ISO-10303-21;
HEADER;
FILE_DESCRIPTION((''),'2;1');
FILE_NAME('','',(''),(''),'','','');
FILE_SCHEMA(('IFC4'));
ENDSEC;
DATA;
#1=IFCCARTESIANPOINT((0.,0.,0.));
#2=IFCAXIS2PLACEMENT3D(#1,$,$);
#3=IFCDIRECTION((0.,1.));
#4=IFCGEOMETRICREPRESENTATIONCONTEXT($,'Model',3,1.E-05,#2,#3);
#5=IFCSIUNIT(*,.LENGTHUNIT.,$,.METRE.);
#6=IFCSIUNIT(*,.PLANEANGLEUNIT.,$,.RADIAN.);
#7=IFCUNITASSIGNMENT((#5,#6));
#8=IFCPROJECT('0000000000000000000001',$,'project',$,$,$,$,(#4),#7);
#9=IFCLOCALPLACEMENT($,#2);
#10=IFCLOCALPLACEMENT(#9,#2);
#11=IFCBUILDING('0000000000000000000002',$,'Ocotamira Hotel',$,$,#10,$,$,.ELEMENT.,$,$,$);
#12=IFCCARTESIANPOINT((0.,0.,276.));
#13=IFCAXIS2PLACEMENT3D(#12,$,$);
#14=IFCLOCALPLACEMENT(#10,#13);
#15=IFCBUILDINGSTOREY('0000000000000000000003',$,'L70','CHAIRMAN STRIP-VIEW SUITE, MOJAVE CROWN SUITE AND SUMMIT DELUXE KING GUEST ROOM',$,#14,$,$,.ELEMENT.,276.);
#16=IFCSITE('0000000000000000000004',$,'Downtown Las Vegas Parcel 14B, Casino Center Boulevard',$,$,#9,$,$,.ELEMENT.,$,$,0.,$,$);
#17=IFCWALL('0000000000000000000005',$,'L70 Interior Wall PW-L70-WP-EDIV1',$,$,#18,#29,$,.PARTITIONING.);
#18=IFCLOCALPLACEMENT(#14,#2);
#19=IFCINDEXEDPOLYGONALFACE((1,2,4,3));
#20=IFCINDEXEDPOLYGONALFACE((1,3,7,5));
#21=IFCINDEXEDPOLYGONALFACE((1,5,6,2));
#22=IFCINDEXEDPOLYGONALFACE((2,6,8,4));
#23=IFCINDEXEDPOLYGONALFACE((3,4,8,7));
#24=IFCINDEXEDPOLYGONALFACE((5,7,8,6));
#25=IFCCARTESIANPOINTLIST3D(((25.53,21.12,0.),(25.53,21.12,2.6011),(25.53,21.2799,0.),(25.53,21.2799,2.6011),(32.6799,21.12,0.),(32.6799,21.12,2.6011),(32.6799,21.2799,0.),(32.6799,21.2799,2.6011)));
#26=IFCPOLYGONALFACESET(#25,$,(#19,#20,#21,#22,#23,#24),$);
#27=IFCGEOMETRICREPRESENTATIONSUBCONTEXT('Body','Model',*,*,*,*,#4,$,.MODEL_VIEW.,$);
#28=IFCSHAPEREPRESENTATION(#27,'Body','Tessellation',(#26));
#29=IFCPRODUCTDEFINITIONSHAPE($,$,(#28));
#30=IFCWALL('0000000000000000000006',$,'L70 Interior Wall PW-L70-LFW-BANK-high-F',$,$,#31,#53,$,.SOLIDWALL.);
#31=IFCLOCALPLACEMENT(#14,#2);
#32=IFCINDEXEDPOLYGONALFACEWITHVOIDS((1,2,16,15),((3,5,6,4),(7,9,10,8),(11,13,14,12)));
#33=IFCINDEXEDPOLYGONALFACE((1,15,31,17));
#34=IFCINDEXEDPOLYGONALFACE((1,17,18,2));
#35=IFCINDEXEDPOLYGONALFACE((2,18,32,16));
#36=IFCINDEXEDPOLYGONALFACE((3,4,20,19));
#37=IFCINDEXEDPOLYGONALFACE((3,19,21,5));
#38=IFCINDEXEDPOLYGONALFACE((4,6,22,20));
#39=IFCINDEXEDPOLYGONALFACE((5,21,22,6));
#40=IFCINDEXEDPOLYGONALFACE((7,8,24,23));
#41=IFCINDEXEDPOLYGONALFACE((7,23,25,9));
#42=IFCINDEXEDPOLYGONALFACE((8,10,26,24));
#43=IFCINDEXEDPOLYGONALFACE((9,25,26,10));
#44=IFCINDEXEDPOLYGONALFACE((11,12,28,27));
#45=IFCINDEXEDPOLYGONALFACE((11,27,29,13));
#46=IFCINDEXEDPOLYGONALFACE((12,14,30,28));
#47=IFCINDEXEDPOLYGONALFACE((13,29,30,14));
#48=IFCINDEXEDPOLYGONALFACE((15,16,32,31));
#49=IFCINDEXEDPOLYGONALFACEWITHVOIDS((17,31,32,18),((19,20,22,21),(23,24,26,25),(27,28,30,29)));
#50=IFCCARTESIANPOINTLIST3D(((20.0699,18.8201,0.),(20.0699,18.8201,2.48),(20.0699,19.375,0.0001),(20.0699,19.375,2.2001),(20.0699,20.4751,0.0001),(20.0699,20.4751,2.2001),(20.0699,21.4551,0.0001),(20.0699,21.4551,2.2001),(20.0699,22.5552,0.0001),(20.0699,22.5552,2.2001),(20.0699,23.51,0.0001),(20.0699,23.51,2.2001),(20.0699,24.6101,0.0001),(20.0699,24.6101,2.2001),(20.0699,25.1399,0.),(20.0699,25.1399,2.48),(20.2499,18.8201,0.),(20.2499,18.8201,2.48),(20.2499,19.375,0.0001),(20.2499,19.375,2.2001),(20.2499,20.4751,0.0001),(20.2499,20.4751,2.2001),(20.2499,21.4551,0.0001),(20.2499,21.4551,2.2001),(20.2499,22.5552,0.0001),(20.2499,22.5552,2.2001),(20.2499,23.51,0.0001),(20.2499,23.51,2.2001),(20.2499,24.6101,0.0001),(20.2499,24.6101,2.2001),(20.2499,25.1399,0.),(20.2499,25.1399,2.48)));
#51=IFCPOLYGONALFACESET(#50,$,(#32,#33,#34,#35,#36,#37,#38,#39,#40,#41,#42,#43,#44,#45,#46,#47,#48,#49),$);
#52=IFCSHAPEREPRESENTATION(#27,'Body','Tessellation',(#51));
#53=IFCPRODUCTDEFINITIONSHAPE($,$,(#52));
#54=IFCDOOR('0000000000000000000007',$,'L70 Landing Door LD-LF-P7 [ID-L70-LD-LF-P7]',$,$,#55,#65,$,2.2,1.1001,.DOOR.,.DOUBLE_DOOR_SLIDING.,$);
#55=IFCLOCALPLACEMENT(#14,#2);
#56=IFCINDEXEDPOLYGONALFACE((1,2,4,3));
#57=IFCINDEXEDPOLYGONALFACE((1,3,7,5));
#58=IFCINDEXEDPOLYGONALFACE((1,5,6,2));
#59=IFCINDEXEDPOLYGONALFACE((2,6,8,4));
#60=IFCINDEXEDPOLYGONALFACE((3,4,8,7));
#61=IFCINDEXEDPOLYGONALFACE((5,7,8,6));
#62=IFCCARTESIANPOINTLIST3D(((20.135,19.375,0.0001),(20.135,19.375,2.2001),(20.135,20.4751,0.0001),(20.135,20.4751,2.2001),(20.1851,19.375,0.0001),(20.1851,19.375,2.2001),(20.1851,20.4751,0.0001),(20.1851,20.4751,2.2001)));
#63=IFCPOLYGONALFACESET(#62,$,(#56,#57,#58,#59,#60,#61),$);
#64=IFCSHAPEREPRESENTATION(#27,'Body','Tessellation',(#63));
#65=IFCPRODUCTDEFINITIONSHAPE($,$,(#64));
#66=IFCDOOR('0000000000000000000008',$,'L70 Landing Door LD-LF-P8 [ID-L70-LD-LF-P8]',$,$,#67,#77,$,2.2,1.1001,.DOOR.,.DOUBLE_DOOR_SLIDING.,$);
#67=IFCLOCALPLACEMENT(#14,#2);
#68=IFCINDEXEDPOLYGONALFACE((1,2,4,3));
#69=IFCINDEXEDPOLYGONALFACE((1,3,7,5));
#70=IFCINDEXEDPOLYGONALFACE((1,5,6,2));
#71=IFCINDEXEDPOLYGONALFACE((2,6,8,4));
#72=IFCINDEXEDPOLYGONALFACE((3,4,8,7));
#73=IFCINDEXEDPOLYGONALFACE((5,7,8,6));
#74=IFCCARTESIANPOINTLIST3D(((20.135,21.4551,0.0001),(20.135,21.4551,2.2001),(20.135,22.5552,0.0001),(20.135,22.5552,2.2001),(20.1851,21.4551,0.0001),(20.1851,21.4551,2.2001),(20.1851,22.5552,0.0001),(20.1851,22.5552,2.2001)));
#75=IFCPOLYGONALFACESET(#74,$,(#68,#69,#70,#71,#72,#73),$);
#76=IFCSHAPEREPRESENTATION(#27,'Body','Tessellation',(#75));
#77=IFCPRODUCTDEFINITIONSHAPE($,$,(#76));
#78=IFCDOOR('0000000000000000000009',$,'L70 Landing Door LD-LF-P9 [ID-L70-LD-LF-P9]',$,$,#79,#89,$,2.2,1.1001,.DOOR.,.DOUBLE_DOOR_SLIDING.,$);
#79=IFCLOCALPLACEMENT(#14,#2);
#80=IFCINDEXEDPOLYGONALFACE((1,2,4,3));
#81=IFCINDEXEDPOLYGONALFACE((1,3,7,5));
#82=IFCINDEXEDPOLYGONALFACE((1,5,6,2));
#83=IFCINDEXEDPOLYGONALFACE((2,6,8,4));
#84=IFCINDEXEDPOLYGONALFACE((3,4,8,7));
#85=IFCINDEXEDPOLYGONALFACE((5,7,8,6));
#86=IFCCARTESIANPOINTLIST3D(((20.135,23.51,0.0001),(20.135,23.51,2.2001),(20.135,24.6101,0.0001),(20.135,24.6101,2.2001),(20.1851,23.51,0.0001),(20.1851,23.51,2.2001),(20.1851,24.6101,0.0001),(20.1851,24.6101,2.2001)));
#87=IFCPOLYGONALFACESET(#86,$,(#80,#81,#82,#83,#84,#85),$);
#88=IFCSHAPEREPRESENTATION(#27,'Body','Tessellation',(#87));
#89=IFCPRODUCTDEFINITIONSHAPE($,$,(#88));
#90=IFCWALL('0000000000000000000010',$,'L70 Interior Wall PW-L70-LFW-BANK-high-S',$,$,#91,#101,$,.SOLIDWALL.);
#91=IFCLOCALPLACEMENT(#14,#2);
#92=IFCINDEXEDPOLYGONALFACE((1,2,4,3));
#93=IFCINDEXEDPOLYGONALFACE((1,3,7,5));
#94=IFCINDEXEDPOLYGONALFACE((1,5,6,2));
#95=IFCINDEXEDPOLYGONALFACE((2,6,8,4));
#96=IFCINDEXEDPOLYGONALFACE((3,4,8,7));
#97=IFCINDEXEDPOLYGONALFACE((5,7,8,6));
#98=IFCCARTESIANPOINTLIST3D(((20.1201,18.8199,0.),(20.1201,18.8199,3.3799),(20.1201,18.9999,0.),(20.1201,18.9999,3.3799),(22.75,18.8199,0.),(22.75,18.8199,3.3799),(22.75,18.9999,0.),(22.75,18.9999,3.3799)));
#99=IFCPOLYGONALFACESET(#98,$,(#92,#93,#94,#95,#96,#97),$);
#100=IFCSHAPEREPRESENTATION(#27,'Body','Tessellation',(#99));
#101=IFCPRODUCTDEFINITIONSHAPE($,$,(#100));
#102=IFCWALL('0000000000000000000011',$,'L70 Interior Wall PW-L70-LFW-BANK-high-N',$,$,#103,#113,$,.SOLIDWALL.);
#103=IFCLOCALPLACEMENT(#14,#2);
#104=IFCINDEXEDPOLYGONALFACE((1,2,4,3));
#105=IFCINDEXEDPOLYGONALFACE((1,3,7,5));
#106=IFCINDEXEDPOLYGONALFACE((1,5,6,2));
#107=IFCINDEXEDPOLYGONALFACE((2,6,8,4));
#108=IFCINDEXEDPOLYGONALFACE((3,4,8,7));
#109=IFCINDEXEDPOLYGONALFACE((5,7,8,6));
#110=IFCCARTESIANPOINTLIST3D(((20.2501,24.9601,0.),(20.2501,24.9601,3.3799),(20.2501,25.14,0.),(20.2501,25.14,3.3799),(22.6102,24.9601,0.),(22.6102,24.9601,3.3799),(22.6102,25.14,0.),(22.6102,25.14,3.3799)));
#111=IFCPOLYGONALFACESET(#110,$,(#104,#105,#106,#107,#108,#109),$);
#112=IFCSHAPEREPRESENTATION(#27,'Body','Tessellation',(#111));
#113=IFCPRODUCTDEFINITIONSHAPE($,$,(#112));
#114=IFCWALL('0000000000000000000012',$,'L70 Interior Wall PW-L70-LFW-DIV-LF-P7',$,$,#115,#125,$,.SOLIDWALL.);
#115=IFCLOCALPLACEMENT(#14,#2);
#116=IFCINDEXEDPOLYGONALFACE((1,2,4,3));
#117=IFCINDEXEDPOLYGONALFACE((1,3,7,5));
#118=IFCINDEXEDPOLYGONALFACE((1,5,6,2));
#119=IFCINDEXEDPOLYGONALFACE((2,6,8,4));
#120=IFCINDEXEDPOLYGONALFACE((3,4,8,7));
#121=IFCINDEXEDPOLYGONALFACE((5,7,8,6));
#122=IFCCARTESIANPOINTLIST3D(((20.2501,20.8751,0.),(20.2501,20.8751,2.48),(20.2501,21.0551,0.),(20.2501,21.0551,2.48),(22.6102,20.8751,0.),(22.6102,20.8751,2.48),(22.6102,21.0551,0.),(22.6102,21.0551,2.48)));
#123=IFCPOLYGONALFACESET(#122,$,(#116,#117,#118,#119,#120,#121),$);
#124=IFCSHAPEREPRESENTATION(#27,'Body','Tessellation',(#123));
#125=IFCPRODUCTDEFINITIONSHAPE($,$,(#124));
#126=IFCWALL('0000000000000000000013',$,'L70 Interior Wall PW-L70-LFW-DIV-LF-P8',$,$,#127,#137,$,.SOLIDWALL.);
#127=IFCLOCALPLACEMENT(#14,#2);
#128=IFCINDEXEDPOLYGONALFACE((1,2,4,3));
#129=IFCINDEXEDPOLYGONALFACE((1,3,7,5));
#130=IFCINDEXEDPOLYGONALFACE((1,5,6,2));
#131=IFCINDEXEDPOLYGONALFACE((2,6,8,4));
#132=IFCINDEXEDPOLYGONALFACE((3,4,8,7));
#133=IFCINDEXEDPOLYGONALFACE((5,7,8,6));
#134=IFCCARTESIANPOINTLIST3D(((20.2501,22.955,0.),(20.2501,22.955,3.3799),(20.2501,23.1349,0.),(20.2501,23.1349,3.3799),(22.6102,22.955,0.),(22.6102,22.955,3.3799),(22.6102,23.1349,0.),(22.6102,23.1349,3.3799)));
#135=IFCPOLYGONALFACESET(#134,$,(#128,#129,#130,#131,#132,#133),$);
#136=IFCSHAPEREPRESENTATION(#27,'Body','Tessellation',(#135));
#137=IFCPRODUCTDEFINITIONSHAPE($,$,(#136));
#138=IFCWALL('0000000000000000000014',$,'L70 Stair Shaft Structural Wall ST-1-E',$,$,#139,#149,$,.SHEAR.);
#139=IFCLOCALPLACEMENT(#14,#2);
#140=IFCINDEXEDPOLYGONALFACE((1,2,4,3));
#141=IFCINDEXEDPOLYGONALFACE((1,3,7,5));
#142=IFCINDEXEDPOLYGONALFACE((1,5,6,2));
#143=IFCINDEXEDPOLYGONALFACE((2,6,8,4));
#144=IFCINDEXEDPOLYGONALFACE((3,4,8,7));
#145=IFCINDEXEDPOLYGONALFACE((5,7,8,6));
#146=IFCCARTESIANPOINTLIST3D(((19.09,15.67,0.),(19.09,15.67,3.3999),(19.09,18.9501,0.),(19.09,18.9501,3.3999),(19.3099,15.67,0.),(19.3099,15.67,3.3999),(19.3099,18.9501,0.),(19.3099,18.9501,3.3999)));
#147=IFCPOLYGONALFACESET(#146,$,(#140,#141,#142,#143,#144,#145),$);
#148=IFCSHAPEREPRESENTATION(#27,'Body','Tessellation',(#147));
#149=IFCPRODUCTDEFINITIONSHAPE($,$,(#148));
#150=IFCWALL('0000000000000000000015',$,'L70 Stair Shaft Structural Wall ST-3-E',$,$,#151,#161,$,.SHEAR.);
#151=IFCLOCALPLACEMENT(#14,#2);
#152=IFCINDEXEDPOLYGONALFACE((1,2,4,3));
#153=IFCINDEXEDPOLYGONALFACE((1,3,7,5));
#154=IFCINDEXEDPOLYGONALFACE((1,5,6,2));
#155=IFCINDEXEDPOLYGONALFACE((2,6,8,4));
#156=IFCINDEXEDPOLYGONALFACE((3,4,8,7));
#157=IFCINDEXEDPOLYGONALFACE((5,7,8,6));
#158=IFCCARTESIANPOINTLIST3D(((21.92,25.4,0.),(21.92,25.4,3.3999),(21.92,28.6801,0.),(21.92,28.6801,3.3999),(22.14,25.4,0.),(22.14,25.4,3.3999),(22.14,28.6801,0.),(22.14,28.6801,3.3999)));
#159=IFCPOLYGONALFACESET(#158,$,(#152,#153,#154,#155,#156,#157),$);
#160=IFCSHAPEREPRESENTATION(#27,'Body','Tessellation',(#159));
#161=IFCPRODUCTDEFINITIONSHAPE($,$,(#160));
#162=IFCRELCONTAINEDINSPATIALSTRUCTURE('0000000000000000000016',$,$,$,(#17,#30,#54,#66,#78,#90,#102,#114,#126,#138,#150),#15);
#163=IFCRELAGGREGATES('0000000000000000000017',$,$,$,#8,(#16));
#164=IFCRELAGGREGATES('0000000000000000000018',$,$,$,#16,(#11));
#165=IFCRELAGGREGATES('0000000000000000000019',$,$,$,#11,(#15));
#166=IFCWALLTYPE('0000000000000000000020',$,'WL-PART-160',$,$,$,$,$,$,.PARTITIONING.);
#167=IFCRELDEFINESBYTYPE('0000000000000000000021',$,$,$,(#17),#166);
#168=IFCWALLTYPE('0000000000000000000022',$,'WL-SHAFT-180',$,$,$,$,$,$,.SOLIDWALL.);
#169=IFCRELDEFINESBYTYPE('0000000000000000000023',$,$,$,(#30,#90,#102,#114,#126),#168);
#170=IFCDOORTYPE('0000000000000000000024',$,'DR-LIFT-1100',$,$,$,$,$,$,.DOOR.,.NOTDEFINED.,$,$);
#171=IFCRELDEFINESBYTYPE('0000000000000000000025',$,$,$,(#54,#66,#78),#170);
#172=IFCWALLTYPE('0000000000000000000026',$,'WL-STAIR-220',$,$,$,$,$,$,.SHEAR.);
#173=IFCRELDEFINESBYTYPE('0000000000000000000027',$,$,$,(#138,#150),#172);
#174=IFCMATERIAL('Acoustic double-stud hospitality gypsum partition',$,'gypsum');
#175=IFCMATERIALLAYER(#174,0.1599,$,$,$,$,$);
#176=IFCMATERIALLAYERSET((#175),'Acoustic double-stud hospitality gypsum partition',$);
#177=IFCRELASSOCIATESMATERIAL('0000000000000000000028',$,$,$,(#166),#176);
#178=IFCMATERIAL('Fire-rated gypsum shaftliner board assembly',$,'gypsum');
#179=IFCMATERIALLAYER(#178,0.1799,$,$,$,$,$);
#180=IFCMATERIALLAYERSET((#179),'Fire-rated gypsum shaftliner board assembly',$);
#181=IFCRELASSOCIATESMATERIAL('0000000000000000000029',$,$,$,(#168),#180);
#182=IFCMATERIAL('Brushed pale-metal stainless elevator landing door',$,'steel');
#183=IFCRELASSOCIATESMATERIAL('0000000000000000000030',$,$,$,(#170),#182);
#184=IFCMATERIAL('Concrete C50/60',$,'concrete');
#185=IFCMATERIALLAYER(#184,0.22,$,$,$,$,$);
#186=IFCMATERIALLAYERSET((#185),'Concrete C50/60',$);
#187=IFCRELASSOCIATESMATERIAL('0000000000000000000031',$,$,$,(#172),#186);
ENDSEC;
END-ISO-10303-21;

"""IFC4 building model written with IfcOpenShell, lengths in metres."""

from ifc_helpers import new_model, si_unit, direction, frame, frame_2d, origin, place, context, subcontext, project, spatial, rectangle, extrude, source, transform, mapped, material, layer, layer_set, type_object, element, fill, save


model = new_model("IFC4")

# Units and contexts
model_context = context("Model", 3, precision=1e-05, world=origin(), true_north=direction((0.0, 1.0)))
body_context = subcontext(model_context, "Body", "Model", "MODEL_VIEW")
ifc_project = project(units=[si_unit("LENGTHUNIT", "METRE"), si_unit("PLANEANGLEUNIT", "RADIAN")], contexts=[model_context])

# Site, building, storey
site_placement = place(None, origin())
site = spatial("IfcSite", under=ifc_project, at=site_placement, Name="Downtown Las Vegas Parcel 14B, Casino Center Boulevard", CompositionType="ELEMENT", RefElevation=0.0)
building_placement = place(site_placement, origin())
building = spatial("IfcBuilding", under=site, at=building_placement, Name="Ocotamira Hotel", CompositionType="ELEMENT")
storey_placement = place(building_placement, frame((0.0, 0.0, 276.0)))
storey = spatial("IfcBuildingStorey", under=building, at=storey_placement, Name="L70", Description="CHAIRMAN STRIP-VIEW SUITE, MOJAVE CROWN SUITE AND SUMMIT DELUXE KING GUEST ROOM", CompositionType="ELEMENT", Elevation=276.0)

# Shared definitions
ifc_material_1 = material(Name="Concrete C50/60", Category="concrete")

# Wall
ifc_material_2 = material(Name="Acoustic double-stud hospitality gypsum partition", Category="gypsum")
ifc_layer_1 = layer(ifc_material_2, 0.1599)
ifc_layer_set_1 = layer_set([ifc_layer_1], Name="Acoustic double-stud hospitality gypsum partition")
wall_type_1 = type_object("IfcWallType", Name="WL-PART-160", PredefinedType="PARTITIONING", material=ifc_layer_set_1)
wall_1_placement = place(storey_placement, frame((25.53, 21.2, 0.0), z_axis=(0.0, 0.0, 1.0), x_axis=(1.0, 0.0, 0.0)))
element("IfcWall", 1, at=wall_1_placement, inside=storey, type_object=wall_type_1, Name="L70 Interior Wall PW-L70-WP-EDIV1", PredefinedType="PARTITIONING", context=body_context, shape_type="SweptSolid", body=[
    extrude(rectangle(XDim=7.1499, YDim=0.1599, at=frame_2d((3.575, 0.0))), origin(), (0.0, 0.0, 1.0), 2.6011),
])

# Wall, openings, doors
ifc_material_3 = material(Name="Fire-rated gypsum shaftliner board assembly", Category="gypsum")
ifc_layer_2 = layer(ifc_material_3, 0.1799)
ifc_layer_set_2 = layer_set([ifc_layer_2], Name="Fire-rated gypsum shaftliner board assembly")
wall_type_2 = type_object("IfcWallType", Name="WL-SHAFT-180", PredefinedType="SOLIDWALL", material=ifc_layer_set_2)
wall_2_placement = place(storey_placement, frame((20.1599, 18.8201, 0.0), z_axis=(0.0, 0.0, 1.0), x_axis=(0.0, 1.0, 0.0)))
wall_2 = element("IfcWall", 2, at=wall_2_placement, inside=storey, type_object=wall_type_2, Name="L70 Interior Wall PW-L70-LFW-BANK-high-F", PredefinedType="SOLIDWALL", context=body_context, shape_type="SweptSolid", body=[
    extrude(rectangle(XDim=6.3198, YDim=0.1799, at=frame_2d((3.1599, 0.0))), origin(), (0.0, 0.0, 1.0), 2.48),
])
opening_1_placement = place(wall_2_placement, frame((0.5549, 0.0, 0.0)))
opening_1 = element("IfcOpeningElement", 3, at=opening_1_placement, cuts=wall_2, PredefinedType="OPENING", context=body_context, shape_type="SweptSolid", body=[
    extrude(rectangle(XDim=1.1001, YDim=2.2, at=frame_2d((0.55, 1.1001))), frame((0.0, 0.1001, 0.0), z_axis=(0.0, -1.0, 0.0), x_axis=(1.0, 0.0, 0.0)), (0.0, 0.0, 1.0), 0.2),
])
opening_2_placement = place(wall_2_placement, frame((2.635, 0.0, 0.0)))
opening_2 = element("IfcOpeningElement", 4, at=opening_2_placement, cuts=wall_2, PredefinedType="OPENING", context=body_context, shape_type="SweptSolid", body=[
    extrude(rectangle(XDim=1.1001, YDim=2.2, at=frame_2d((0.55, 1.1001))), frame((0.0, 0.1001, 0.0), z_axis=(0.0, -1.0, 0.0), x_axis=(1.0, 0.0, 0.0)), (0.0, 0.0, 1.0), 0.2),
])
opening_3_placement = place(wall_2_placement, frame((4.6899, 0.0, 0.0)))
opening_3 = element("IfcOpeningElement", 5, at=opening_3_placement, cuts=wall_2, PredefinedType="OPENING", context=body_context, shape_type="SweptSolid", body=[
    extrude(rectangle(XDim=1.1001, YDim=2.2, at=frame_2d((0.55, 1.1001))), frame((0.0, 0.1001, 0.0), z_axis=(0.0, -1.0, 0.0), x_axis=(1.0, 0.0, 0.0)), (0.0, 0.0, 1.0), 0.2),
])
ifc_material_4 = material(Name="Brushed pale-metal stainless elevator landing door", Category="steel")
door_type_1 = type_object("IfcDoorType", Name="DR-LIFT-1100", OperationType="NOTDEFINED", PredefinedType="DOOR", material=ifc_material_4)
shared_shape_1 = source(origin(), body_context, "Body", "SweptSolid", [
    extrude(rectangle(XDim=1.1001, YDim=2.2, at=frame_2d((0.55, 1.1001))), frame((0.0, 0.0249, 0.0), z_axis=(0.0, -1.0, 0.0), x_axis=(1.0, 0.0, 0.0)), (0.0, 0.0, 1.0), 0.05),
])
door_1_placement = place(opening_1_placement, origin())
door_1 = element("IfcDoor", 6, at=door_1_placement, inside=storey, type_object=door_type_1, Name="L70 Landing Door LD-LF-P7 [ID-L70-LD-LF-P7]", OperationType="DOUBLE_DOOR_SLIDING", OverallHeight=2.2, OverallWidth=1.1001, PredefinedType="DOOR", context=body_context, shape_type="MappedRepresentation", body=[
    mapped(shared_shape_1, transform((0.0, 0.0, 0.0), scale=1.0)),
])
fill(opening_1, door_1)
door_2_placement = place(opening_2_placement, origin())
door_2 = element("IfcDoor", 7, at=door_2_placement, inside=storey, type_object=door_type_1, Name="L70 Landing Door LD-LF-P8 [ID-L70-LD-LF-P8]", OperationType="DOUBLE_DOOR_SLIDING", OverallHeight=2.2, OverallWidth=1.1001, PredefinedType="DOOR", context=body_context, shape_type="MappedRepresentation", body=[
    mapped(shared_shape_1, transform((0.0, 0.0, 0.0), scale=1.0)),
])
fill(opening_2, door_2)
door_3_placement = place(opening_3_placement, origin())
door_3 = element("IfcDoor", 8, at=door_3_placement, inside=storey, type_object=door_type_1, Name="L70 Landing Door LD-LF-P9 [ID-L70-LD-LF-P9]", OperationType="DOUBLE_DOOR_SLIDING", OverallHeight=2.2, OverallWidth=1.1001, PredefinedType="DOOR", context=body_context, shape_type="MappedRepresentation", body=[
    mapped(shared_shape_1, transform((0.0, 0.0, 0.0), scale=1.0)),
])
fill(opening_3, door_3)

# Walls
wall_3_placement = place(storey_placement, frame((20.1201, 18.9099, 0.0), z_axis=(0.0, 0.0, 1.0), x_axis=(1.0, 0.0, 0.0)))
element("IfcWall", 9, at=wall_3_placement, inside=storey, type_object=wall_type_2, Name="L70 Interior Wall PW-L70-LFW-BANK-high-S", PredefinedType="SOLIDWALL", context=body_context, shape_type="SweptSolid", body=[
    extrude(rectangle(XDim=2.6299, YDim=0.1799, at=frame_2d((1.3149, 0.0))), origin(), (0.0, 0.0, 1.0), 3.3799),
])
wall_4_placement = place(storey_placement, frame((20.25, 25.05, 0.0), z_axis=(0.0, 0.0, 1.0), x_axis=(1.0, 0.0, 0.0)))
element("IfcWall", 10, at=wall_4_placement, inside=storey, type_object=wall_type_2, Name="L70 Interior Wall PW-L70-LFW-BANK-high-N", PredefinedType="SOLIDWALL", context=body_context, shape_type="SweptSolid", body=[
    extrude(rectangle(XDim=2.3601, YDim=0.1799, at=frame_2d((1.1802, 0.0))), origin(), (0.0, 0.0, 1.0), 3.3799),
])
wall_5_placement = place(storey_placement, frame((20.25, 20.9651, 0.0), z_axis=(0.0, 0.0, 1.0), x_axis=(1.0, 0.0, 0.0)))
element("IfcWall", 11, at=wall_5_placement, inside=storey, type_object=wall_type_2, Name="L70 Interior Wall PW-L70-LFW-DIV-LF-P7", PredefinedType="SOLIDWALL", context=body_context, shape_type="SweptSolid", body=[
    extrude(rectangle(XDim=2.3601, YDim=0.1799, at=frame_2d((1.1802, 0.0))), origin(), (0.0, 0.0, 1.0), 2.48),
])
wall_6_placement = place(storey_placement, frame((20.25, 23.0449, 0.0), z_axis=(0.0, 0.0, 1.0), x_axis=(1.0, 0.0, 0.0)))
element("IfcWall", 12, at=wall_6_placement, inside=storey, type_object=wall_type_2, Name="L70 Interior Wall PW-L70-LFW-DIV-LF-P8", PredefinedType="SOLIDWALL", context=body_context, shape_type="SweptSolid", body=[
    extrude(rectangle(XDim=2.3601, YDim=0.1799, at=frame_2d((1.1802, 0.0))), origin(), (0.0, 0.0, 1.0), 3.3799),
])
ifc_layer_3 = layer(ifc_material_1, 0.22)
ifc_layer_set_3 = layer_set([ifc_layer_3], Name="Concrete C50/60")
wall_type_3 = type_object("IfcWallType", Name="WL-STAIR-220", PredefinedType="SHEAR", material=ifc_layer_set_3)
for number, where, z_axis, x_axis, name in (
    (13, (19.2, 15.6699, 0.0), (0.0, 0.0, 1.0), (0.0, 1.0, 0.0), "L70 Stair Shaft Structural Wall ST-1-E"),
    (14, (22.03, 25.3999, 0.0), (0.0, 0.0, 1.0), (0.0, 1.0, 0.0), "L70 Stair Shaft Structural Wall ST-3-E"),
):
    element("IfcWall", number, at=place(storey_placement, frame(where, z_axis=z_axis, x_axis=x_axis)), inside=storey, type_object=wall_type_3, Name=name, PredefinedType="SHEAR", context=body_context, shape_type="SweptSolid", body=[
        extrude(rectangle(XDim=3.28, YDim=0.22, at=frame_2d((1.6401, 0.0))), origin(), (0.0, 0.0, 1.0), 3.3999),
    ])

save(model, "model.ifc")
